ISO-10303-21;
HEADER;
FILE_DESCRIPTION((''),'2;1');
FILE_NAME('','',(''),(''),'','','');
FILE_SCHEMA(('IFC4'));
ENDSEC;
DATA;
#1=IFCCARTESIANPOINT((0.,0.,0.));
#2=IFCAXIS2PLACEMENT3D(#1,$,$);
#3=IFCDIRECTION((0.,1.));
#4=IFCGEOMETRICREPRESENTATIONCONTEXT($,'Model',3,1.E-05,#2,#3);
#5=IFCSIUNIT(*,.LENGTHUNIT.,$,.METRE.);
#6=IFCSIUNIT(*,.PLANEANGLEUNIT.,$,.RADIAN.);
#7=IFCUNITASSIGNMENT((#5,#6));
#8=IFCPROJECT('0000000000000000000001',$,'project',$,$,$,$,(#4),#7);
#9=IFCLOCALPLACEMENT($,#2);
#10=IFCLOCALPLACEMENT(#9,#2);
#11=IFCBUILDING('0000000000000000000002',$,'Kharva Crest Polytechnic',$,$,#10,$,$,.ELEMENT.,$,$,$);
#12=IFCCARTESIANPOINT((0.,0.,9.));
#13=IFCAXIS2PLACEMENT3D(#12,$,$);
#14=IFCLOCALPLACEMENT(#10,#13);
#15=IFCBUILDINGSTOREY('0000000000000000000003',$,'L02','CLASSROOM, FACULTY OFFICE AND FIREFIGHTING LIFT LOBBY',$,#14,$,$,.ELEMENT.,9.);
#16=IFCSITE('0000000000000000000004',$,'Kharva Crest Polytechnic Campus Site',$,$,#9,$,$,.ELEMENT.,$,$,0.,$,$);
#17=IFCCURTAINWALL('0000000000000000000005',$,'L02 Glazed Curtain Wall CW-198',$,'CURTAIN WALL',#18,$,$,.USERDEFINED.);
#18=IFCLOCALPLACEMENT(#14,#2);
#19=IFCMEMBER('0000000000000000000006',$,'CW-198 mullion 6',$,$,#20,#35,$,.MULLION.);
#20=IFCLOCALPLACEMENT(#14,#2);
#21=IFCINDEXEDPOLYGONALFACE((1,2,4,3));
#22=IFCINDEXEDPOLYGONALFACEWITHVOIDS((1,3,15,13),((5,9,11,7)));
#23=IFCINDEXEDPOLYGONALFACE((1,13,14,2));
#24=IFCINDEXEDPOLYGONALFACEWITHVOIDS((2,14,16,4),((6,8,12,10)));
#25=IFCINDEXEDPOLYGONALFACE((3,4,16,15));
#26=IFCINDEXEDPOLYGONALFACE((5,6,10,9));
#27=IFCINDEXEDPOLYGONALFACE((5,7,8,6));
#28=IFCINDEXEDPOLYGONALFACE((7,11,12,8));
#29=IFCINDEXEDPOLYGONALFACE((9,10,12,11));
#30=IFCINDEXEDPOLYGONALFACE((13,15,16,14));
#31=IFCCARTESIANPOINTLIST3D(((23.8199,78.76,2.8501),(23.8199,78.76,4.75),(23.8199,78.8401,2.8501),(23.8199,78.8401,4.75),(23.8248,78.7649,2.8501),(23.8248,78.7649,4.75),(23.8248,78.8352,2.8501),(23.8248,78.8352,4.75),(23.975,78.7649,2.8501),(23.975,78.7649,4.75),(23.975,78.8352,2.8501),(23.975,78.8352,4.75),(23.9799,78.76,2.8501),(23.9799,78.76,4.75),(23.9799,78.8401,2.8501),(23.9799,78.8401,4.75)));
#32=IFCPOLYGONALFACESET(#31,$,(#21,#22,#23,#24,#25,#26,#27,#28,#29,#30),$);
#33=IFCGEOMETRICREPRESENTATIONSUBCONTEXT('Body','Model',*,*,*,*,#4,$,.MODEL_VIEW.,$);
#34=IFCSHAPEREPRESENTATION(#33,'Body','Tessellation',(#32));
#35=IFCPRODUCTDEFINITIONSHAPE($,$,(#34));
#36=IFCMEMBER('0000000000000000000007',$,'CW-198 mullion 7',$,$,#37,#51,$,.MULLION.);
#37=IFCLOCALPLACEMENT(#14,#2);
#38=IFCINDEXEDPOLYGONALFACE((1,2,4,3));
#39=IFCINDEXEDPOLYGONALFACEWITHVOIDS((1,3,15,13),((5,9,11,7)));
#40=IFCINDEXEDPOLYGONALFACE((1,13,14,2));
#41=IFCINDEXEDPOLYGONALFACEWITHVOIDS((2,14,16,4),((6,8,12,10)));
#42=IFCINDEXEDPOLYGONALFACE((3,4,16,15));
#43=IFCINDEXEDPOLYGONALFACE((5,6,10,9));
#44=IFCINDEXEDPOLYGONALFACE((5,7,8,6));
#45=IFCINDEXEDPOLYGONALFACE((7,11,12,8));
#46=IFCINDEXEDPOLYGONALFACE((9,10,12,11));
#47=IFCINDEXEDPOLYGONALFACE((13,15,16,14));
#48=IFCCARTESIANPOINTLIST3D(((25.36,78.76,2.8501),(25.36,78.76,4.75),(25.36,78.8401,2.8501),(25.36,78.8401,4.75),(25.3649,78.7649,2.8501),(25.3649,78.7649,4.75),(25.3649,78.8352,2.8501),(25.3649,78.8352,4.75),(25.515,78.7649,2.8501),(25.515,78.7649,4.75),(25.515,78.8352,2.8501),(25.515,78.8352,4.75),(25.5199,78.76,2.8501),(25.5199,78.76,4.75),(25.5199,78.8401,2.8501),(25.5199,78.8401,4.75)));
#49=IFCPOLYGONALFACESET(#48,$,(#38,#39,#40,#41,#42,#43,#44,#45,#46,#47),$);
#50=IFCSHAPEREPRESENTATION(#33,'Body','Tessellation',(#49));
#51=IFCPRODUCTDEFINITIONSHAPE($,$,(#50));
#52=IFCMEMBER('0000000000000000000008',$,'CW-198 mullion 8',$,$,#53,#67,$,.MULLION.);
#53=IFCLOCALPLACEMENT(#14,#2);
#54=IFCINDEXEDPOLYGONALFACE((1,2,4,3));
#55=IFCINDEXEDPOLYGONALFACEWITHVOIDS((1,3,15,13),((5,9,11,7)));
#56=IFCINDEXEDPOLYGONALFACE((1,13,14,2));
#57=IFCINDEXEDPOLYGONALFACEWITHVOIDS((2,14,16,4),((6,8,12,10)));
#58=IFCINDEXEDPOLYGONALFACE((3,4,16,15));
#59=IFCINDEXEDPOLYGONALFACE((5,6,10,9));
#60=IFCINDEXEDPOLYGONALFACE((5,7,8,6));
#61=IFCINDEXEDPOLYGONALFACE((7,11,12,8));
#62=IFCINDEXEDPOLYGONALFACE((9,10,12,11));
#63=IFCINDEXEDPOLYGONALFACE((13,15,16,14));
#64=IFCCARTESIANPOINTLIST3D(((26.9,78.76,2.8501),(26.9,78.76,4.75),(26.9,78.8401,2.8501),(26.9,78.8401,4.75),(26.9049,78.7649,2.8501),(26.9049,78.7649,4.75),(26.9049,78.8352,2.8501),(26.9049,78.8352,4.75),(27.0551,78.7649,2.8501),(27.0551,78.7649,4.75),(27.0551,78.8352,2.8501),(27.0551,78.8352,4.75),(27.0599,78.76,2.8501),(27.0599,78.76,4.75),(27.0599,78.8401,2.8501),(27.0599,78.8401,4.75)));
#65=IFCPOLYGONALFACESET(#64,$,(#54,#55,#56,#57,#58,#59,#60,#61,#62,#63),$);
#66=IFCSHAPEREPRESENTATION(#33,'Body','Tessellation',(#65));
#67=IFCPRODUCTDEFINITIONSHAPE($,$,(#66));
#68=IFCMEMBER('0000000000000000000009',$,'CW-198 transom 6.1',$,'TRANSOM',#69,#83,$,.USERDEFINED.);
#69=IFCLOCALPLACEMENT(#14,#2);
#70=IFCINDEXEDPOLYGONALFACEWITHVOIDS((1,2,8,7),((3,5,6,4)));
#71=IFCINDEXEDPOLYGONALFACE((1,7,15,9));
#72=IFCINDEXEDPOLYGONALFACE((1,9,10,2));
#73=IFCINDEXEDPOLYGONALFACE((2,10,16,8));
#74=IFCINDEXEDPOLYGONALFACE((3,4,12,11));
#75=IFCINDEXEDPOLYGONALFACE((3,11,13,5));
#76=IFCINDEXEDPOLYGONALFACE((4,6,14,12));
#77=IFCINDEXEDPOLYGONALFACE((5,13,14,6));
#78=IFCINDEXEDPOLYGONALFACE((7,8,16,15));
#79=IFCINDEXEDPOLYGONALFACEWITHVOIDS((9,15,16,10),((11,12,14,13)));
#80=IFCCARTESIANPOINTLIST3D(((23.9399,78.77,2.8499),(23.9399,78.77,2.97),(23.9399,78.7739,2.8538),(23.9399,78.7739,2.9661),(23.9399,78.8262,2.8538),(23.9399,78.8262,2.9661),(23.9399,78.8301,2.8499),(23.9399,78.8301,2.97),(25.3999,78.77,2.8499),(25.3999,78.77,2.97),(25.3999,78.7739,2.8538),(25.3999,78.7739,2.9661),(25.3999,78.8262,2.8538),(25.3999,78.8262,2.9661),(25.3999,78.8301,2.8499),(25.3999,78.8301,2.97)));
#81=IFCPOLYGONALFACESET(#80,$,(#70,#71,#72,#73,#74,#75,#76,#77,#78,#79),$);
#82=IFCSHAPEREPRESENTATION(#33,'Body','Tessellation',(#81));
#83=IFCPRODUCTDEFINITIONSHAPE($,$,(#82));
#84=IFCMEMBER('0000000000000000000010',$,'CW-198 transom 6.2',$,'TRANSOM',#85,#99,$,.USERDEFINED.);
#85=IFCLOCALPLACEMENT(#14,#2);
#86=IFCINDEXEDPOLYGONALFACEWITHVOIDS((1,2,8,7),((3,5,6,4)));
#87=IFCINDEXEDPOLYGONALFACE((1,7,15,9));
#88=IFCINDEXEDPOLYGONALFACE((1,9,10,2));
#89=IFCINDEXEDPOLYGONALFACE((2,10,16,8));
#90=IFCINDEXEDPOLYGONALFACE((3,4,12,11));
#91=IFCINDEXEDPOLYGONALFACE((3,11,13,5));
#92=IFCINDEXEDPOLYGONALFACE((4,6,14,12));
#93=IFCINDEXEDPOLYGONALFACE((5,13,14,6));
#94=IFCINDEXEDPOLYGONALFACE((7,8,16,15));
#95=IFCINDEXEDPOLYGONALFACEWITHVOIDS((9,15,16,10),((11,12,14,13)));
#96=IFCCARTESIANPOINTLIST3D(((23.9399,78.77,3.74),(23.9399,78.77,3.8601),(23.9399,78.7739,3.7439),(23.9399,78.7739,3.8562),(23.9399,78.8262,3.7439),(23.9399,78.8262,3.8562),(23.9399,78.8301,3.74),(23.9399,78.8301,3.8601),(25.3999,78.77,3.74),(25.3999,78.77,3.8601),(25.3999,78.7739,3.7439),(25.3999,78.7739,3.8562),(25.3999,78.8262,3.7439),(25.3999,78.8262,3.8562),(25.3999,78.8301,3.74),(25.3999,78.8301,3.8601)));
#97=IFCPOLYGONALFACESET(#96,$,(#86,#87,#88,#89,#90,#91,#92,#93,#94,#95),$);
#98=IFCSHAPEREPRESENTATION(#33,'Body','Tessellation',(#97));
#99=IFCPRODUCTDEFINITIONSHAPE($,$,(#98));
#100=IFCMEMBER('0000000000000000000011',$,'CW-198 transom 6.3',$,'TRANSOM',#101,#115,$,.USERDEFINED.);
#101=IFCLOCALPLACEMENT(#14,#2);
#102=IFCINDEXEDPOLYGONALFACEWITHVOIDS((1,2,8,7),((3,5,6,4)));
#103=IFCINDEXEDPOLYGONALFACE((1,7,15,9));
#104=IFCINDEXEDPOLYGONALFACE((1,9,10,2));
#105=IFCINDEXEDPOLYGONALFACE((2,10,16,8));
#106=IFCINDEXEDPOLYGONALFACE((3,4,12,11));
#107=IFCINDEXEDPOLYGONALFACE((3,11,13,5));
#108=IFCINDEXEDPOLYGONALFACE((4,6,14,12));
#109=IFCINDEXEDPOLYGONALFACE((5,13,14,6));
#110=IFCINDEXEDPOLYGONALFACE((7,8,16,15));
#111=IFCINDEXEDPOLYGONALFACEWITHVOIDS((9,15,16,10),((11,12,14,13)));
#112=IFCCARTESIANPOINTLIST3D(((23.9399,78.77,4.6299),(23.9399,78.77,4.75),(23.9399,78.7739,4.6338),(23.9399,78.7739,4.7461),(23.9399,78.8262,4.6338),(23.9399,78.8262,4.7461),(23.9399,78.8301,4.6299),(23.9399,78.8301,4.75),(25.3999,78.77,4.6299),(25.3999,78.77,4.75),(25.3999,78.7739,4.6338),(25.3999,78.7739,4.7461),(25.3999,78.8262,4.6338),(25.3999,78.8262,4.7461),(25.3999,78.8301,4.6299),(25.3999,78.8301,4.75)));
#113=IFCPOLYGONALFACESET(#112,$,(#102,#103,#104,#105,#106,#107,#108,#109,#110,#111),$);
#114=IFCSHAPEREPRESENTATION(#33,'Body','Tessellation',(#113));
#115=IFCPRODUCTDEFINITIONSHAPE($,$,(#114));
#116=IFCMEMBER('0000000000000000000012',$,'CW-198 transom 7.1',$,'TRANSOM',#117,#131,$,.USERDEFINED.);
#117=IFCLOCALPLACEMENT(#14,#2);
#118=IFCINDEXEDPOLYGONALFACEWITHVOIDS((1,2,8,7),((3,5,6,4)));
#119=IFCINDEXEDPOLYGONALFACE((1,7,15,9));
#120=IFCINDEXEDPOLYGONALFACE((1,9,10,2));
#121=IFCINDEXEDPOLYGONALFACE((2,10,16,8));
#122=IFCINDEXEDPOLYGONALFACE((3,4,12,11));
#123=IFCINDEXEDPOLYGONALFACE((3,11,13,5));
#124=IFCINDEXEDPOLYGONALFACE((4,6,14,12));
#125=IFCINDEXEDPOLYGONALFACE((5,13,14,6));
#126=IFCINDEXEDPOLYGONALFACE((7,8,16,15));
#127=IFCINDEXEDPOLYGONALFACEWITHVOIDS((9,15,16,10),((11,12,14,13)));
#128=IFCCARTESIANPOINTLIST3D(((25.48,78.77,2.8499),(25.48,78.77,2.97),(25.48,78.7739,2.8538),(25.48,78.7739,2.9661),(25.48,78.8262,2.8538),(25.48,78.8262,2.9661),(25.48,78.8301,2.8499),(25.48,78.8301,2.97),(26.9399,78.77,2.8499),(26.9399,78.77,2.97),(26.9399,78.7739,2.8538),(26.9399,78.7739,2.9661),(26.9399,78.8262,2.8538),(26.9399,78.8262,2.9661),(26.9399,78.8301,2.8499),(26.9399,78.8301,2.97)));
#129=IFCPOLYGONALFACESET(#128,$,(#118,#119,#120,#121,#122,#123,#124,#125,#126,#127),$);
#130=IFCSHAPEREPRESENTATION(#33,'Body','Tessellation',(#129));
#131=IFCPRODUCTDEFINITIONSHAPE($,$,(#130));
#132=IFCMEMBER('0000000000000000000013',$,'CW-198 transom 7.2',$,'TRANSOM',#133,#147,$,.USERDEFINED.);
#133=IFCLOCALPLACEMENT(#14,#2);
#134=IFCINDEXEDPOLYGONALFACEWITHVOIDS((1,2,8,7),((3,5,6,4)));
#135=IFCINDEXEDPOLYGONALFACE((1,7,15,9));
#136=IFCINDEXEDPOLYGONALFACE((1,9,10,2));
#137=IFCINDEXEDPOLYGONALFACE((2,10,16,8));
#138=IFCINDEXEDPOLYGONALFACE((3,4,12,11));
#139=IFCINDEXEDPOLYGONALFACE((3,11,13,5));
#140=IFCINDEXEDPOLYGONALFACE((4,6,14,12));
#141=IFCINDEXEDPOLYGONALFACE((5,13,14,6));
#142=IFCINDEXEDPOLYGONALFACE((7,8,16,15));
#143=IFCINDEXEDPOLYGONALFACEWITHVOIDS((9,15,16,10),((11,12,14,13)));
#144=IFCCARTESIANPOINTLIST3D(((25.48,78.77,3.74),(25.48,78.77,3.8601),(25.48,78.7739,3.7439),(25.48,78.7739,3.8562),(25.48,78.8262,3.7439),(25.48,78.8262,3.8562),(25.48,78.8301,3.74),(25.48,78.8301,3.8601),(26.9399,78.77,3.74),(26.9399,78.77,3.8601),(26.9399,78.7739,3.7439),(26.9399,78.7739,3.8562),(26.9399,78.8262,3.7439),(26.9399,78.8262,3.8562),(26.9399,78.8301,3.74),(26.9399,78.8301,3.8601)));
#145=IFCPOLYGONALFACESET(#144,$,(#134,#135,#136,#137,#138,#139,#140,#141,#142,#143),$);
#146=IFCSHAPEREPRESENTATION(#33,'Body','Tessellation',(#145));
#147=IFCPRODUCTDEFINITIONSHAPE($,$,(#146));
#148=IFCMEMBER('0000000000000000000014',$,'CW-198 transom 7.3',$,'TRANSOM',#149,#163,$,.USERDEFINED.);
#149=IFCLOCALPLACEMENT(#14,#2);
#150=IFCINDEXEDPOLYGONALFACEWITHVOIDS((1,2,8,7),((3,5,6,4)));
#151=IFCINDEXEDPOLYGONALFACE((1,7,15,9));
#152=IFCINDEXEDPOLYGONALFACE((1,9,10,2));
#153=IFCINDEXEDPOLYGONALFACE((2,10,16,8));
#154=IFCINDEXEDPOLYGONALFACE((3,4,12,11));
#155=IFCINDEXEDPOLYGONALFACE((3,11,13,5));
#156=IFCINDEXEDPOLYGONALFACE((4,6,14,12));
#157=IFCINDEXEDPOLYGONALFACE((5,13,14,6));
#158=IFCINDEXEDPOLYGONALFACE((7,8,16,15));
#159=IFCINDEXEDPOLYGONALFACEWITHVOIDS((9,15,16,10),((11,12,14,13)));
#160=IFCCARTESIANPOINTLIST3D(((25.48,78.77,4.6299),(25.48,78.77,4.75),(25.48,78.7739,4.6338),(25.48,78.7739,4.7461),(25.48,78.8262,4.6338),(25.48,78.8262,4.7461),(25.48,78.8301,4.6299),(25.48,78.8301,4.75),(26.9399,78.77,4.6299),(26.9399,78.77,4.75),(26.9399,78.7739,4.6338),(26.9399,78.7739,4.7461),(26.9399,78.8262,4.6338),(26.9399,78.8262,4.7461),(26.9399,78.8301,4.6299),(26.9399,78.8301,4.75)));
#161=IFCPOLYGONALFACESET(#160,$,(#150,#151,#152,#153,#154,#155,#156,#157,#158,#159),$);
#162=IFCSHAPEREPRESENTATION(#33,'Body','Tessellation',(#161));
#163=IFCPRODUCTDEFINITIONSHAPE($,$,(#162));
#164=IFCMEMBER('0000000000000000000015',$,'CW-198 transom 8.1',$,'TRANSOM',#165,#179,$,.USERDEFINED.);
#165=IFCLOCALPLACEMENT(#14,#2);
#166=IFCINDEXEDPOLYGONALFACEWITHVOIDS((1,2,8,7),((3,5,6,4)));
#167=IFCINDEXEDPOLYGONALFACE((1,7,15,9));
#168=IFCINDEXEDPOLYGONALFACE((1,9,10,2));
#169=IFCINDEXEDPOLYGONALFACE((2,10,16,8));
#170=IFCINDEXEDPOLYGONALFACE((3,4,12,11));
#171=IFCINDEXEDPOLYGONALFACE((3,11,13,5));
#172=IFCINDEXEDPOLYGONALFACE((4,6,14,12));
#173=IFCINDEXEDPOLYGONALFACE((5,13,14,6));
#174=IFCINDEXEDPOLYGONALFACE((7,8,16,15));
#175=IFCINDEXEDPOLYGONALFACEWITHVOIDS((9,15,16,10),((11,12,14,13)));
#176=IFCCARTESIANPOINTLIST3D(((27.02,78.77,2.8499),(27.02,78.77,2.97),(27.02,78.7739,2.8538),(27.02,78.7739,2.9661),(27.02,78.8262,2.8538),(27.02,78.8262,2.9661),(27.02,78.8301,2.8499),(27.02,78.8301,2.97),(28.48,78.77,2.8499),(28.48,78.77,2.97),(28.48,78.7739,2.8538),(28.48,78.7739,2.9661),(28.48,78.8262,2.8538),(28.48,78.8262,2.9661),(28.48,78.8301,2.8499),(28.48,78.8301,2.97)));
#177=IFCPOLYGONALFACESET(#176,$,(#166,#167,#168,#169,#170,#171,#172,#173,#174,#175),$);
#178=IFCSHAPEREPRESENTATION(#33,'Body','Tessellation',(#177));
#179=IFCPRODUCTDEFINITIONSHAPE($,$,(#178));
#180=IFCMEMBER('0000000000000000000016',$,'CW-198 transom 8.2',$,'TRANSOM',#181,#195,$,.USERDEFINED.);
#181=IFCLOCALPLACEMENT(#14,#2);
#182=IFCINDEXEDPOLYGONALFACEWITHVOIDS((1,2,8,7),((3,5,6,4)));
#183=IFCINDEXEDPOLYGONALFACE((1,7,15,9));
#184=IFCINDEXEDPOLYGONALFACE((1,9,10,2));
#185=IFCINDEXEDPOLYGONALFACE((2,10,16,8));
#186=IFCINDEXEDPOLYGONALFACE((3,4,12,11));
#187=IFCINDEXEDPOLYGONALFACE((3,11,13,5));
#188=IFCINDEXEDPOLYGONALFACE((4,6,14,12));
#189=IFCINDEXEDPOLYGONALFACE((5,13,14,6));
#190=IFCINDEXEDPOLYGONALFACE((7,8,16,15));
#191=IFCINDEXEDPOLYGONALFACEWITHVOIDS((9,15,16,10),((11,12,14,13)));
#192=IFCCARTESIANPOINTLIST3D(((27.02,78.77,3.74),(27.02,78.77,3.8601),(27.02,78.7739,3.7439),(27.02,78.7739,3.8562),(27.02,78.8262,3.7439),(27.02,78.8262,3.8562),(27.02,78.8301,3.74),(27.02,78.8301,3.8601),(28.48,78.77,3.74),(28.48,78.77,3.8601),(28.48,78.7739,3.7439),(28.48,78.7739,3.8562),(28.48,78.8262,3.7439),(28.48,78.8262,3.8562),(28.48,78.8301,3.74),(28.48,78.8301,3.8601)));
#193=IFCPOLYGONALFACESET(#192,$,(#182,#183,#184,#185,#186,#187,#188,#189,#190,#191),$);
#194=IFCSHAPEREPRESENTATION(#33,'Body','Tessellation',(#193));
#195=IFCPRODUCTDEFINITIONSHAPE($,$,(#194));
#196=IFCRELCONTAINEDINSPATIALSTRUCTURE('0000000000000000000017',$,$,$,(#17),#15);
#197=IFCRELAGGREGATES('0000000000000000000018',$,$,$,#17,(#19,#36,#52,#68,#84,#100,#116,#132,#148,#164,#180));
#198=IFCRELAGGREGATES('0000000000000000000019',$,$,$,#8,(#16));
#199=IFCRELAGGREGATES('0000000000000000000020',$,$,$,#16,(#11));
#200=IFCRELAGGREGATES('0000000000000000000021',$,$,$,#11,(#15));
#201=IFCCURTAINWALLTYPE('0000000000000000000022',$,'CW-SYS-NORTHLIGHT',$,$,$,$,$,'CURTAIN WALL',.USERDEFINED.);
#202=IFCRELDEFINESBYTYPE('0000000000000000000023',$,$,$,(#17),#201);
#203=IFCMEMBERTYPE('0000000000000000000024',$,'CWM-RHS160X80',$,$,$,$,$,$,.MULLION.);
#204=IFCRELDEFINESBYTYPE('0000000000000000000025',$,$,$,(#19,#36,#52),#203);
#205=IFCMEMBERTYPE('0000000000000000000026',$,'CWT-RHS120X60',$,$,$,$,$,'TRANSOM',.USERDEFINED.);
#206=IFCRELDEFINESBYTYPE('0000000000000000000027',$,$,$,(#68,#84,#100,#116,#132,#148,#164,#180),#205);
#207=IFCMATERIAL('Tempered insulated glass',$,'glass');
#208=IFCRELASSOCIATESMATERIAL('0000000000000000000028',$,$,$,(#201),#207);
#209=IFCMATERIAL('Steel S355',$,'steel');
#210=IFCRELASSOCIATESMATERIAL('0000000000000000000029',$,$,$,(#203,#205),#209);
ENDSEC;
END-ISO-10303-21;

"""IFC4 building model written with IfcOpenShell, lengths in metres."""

from ifc_helpers import new_model, si_unit, direction, frame, origin, origin_2d, place, context, subcontext, project, spatial, hollow_rectangle, extrude, material, material_profile, profile_set, type_object, element, aggregate, save


model = new_model("IFC4")

# Units and contexts
model_context = context("Model", 3, precision=1e-05, world=origin(), true_north=direction((0.0, 1.0)))
body_context = subcontext(model_context, "Body", "Model", "MODEL_VIEW")
ifc_project = project(units=[si_unit("LENGTHUNIT", "METRE"), si_unit("PLANEANGLEUNIT", "RADIAN")], contexts=[model_context])

# Site, building, storey
site_placement = place(None, origin())
site = spatial("IfcSite", under=ifc_project, at=site_placement, Name="Kharva Crest Polytechnic Campus Site", CompositionType="ELEMENT", RefElevation=0.0)
building_placement = place(site_placement, origin())
building = spatial("IfcBuilding", under=site, at=building_placement, Name="Kharva Crest Polytechnic", CompositionType="ELEMENT")
storey_placement = place(building_placement, frame((0.0, 0.0, 9.0)))
storey = spatial("IfcBuildingStorey", under=building, at=storey_placement, Name="L02", Description="CLASSROOM, FACULTY OFFICE AND FIREFIGHTING LIFT LOBBY", CompositionType="ELEMENT", Elevation=9.0)

# Curtain wall, members
ifc_material_1 = material(Name="Tempered insulated glass", Category="glass")
curtain_wall_type = type_object("IfcCurtainWallType", Name="CW-SYS-NORTHLIGHT", ElementType="CURTAIN WALL", PredefinedType="USERDEFINED", material=ifc_material_1)
curtain_wall_placement = place(storey_placement, origin())
curtain_wall = element("IfcCurtainWall", 1, at=curtain_wall_placement, inside=storey, type_object=curtain_wall_type, Name="L02 Glazed Curtain Wall CW-198", ObjectType="CURTAIN WALL", PredefinedType="USERDEFINED")
ifc_material_2 = material(Name="Steel S355", Category="steel")
ifc_material_profile_1 = material_profile(ifc_material_2, hollow_rectangle(XDim=0.0801, YDim=0.1599, WallThickness=0.0049, at=origin_2d()), Name="RHS 160X80X5.0")
ifc_profile_set_1 = profile_set([ifc_material_profile_1], Name="Steel S355")
member_type_1 = type_object("IfcMemberType", Name="CWM-RHS160X80", PredefinedType="MULLION", material=ifc_profile_set_1)
member_1_placement = place(storey_placement, frame((23.8999, 78.8, 2.8501), z_axis=(0.0, 0.0, 1.0), x_axis=(0.0, 1.0, 0.0)))
member_1 = element("IfcMember", 2, at=member_1_placement, type_object=member_type_1, Name="CW-198 mullion 6", PredefinedType="MULLION", context=body_context, shape_type="SweptSolid", body=[
    extrude(hollow_rectangle(XDim=0.0801, YDim=0.1599, WallThickness=0.0049, at=origin_2d()), origin(), (0.0, 0.0, 1.0), 1.8999),
])
member_2_placement = place(storey_placement, frame((25.4399, 78.8, 2.8501), z_axis=(0.0, 0.0, 1.0), x_axis=(0.0, 1.0, 0.0)))
member_2 = element("IfcMember", 3, at=member_2_placement, type_object=member_type_1, Name="CW-198 mullion 7", PredefinedType="MULLION", context=body_context, shape_type="SweptSolid", body=[
    extrude(hollow_rectangle(XDim=0.0801, YDim=0.1599, WallThickness=0.0049, at=origin_2d()), origin(), (0.0, 0.0, 1.0), 1.8999),
])
member_3_placement = place(storey_placement, frame((26.98, 78.8, 2.8501), z_axis=(0.0, 0.0, 1.0), x_axis=(0.0, 1.0, 0.0)))
member_3 = element("IfcMember", 4, at=member_3_placement, type_object=member_type_1, Name="CW-198 mullion 8", PredefinedType="MULLION", context=body_context, shape_type="SweptSolid", body=[
    extrude(hollow_rectangle(XDim=0.0801, YDim=0.1599, WallThickness=0.0049, at=origin_2d()), origin(), (0.0, 0.0, 1.0), 1.8999),
])
ifc_material_profile_2 = material_profile(ifc_material_2, hollow_rectangle(XDim=0.0601, YDim=0.1201, WallThickness=0.0039, at=origin_2d()), Name="RHS 120X60X4.0")
ifc_profile_set_2 = profile_set([ifc_material_profile_2], Name="Steel S355")
member_type_2 = type_object("IfcMemberType", Name="CWT-RHS120X60", ElementType="TRANSOM", PredefinedType="USERDEFINED", material=ifc_profile_set_2)
member_4_placement = place(storey_placement, frame((23.9399, 78.8, 2.9099), z_axis=(1.0, 0.0, 0.0), x_axis=(0.0, 1.0, 0.0)))
member_4 = element("IfcMember", 5, at=member_4_placement, type_object=member_type_2, Name="CW-198 transom 6.1", ObjectType="TRANSOM", PredefinedType="USERDEFINED", context=body_context, shape_type="SweptSolid", body=[
    extrude(hollow_rectangle(XDim=0.0601, YDim=0.1201, WallThickness=0.0039, at=origin_2d()), origin(), (0.0, 0.0, 1.0), 1.46),
])
member_5_placement = place(storey_placement, frame((23.9399, 78.8, 3.8), z_axis=(1.0, 0.0, 0.0), x_axis=(0.0, 1.0, 0.0)))
member_5 = element("IfcMember", 6, at=member_5_placement, type_object=member_type_2, Name="CW-198 transom 6.2", ObjectType="TRANSOM", PredefinedType="USERDEFINED", context=body_context, shape_type="SweptSolid", body=[
    extrude(hollow_rectangle(XDim=0.0601, YDim=0.1201, WallThickness=0.0039, at=origin_2d()), origin(), (0.0, 0.0, 1.0), 1.46),
])
member_6_placement = place(storey_placement, frame((23.9399, 78.8, 4.6899), z_axis=(1.0, 0.0, 0.0), x_axis=(0.0, 1.0, 0.0)))
member_6 = element("IfcMember", 7, at=member_6_placement, type_object=member_type_2, Name="CW-198 transom 6.3", ObjectType="TRANSOM", PredefinedType="USERDEFINED", context=body_context, shape_type="SweptSolid", body=[
    extrude(hollow_rectangle(XDim=0.0601, YDim=0.1201, WallThickness=0.0039, at=origin_2d()), origin(), (0.0, 0.0, 1.0), 1.46),
])
member_7_placement = place(storey_placement, frame((25.48, 78.8, 2.9099), z_axis=(1.0, 0.0, 0.0), x_axis=(0.0, 1.0, 0.0)))
member_7 = element("IfcMember", 8, at=member_7_placement, type_object=member_type_2, Name="CW-198 transom 7.1", ObjectType="TRANSOM", PredefinedType="USERDEFINED", context=body_context, shape_type="SweptSolid", body=[
    extrude(hollow_rectangle(XDim=0.0601, YDim=0.1201, WallThickness=0.0039, at=origin_2d()), origin(), (0.0, 0.0, 1.0), 1.46),
])
member_8_placement = place(storey_placement, frame((25.48, 78.8, 3.8), z_axis=(1.0, 0.0, 0.0), x_axis=(0.0, 1.0, 0.0)))
member_8 = element("IfcMember", 9, at=member_8_placement, type_object=member_type_2, Name="CW-198 transom 7.2", ObjectType="TRANSOM", PredefinedType="USERDEFINED", context=body_context, shape_type="SweptSolid", body=[
    extrude(hollow_rectangle(XDim=0.0601, YDim=0.1201, WallThickness=0.0039, at=origin_2d()), origin(), (0.0, 0.0, 1.0), 1.46),
])
member_9_placement = place(storey_placement, frame((25.48, 78.8, 4.6899), z_axis=(1.0, 0.0, 0.0), x_axis=(0.0, 1.0, 0.0)))
member_9 = element("IfcMember", 10, at=member_9_placement, type_object=member_type_2, Name="CW-198 transom 7.3", ObjectType="TRANSOM", PredefinedType="USERDEFINED", context=body_context, shape_type="SweptSolid", body=[
    extrude(hollow_rectangle(XDim=0.0601, YDim=0.1201, WallThickness=0.0039, at=origin_2d()), origin(), (0.0, 0.0, 1.0), 1.46),
])
member_10_placement = place(storey_placement, frame((27.02, 78.8, 2.9099), z_axis=(1.0, 0.0, 0.0), x_axis=(0.0, 1.0, 0.0)))
member_10 = element("IfcMember", 11, at=member_10_placement, type_object=member_type_2, Name="CW-198 transom 8.1", ObjectType="TRANSOM", PredefinedType="USERDEFINED", context=body_context, shape_type="SweptSolid", body=[
    extrude(hollow_rectangle(XDim=0.0601, YDim=0.1201, WallThickness=0.0039, at=origin_2d()), origin(), (0.0, 0.0, 1.0), 1.46),
])
member_11_placement = place(storey_placement, frame((27.02, 78.8, 3.8), z_axis=(1.0, 0.0, 0.0), x_axis=(0.0, 1.0, 0.0)))
member_11 = element("IfcMember", 12, at=member_11_placement, type_object=member_type_2, Name="CW-198 transom 8.2", ObjectType="TRANSOM", PredefinedType="USERDEFINED", context=body_context, shape_type="SweptSolid", body=[
    extrude(hollow_rectangle(XDim=0.0601, YDim=0.1201, WallThickness=0.0039, at=origin_2d()), origin(), (0.0, 0.0, 1.0), 1.46),
])

aggregate(curtain_wall, [member_1, member_2, member_3, member_4, member_5, member_6, member_7, member_8, member_9, member_10, member_11])

save(model, "model.ifc")
